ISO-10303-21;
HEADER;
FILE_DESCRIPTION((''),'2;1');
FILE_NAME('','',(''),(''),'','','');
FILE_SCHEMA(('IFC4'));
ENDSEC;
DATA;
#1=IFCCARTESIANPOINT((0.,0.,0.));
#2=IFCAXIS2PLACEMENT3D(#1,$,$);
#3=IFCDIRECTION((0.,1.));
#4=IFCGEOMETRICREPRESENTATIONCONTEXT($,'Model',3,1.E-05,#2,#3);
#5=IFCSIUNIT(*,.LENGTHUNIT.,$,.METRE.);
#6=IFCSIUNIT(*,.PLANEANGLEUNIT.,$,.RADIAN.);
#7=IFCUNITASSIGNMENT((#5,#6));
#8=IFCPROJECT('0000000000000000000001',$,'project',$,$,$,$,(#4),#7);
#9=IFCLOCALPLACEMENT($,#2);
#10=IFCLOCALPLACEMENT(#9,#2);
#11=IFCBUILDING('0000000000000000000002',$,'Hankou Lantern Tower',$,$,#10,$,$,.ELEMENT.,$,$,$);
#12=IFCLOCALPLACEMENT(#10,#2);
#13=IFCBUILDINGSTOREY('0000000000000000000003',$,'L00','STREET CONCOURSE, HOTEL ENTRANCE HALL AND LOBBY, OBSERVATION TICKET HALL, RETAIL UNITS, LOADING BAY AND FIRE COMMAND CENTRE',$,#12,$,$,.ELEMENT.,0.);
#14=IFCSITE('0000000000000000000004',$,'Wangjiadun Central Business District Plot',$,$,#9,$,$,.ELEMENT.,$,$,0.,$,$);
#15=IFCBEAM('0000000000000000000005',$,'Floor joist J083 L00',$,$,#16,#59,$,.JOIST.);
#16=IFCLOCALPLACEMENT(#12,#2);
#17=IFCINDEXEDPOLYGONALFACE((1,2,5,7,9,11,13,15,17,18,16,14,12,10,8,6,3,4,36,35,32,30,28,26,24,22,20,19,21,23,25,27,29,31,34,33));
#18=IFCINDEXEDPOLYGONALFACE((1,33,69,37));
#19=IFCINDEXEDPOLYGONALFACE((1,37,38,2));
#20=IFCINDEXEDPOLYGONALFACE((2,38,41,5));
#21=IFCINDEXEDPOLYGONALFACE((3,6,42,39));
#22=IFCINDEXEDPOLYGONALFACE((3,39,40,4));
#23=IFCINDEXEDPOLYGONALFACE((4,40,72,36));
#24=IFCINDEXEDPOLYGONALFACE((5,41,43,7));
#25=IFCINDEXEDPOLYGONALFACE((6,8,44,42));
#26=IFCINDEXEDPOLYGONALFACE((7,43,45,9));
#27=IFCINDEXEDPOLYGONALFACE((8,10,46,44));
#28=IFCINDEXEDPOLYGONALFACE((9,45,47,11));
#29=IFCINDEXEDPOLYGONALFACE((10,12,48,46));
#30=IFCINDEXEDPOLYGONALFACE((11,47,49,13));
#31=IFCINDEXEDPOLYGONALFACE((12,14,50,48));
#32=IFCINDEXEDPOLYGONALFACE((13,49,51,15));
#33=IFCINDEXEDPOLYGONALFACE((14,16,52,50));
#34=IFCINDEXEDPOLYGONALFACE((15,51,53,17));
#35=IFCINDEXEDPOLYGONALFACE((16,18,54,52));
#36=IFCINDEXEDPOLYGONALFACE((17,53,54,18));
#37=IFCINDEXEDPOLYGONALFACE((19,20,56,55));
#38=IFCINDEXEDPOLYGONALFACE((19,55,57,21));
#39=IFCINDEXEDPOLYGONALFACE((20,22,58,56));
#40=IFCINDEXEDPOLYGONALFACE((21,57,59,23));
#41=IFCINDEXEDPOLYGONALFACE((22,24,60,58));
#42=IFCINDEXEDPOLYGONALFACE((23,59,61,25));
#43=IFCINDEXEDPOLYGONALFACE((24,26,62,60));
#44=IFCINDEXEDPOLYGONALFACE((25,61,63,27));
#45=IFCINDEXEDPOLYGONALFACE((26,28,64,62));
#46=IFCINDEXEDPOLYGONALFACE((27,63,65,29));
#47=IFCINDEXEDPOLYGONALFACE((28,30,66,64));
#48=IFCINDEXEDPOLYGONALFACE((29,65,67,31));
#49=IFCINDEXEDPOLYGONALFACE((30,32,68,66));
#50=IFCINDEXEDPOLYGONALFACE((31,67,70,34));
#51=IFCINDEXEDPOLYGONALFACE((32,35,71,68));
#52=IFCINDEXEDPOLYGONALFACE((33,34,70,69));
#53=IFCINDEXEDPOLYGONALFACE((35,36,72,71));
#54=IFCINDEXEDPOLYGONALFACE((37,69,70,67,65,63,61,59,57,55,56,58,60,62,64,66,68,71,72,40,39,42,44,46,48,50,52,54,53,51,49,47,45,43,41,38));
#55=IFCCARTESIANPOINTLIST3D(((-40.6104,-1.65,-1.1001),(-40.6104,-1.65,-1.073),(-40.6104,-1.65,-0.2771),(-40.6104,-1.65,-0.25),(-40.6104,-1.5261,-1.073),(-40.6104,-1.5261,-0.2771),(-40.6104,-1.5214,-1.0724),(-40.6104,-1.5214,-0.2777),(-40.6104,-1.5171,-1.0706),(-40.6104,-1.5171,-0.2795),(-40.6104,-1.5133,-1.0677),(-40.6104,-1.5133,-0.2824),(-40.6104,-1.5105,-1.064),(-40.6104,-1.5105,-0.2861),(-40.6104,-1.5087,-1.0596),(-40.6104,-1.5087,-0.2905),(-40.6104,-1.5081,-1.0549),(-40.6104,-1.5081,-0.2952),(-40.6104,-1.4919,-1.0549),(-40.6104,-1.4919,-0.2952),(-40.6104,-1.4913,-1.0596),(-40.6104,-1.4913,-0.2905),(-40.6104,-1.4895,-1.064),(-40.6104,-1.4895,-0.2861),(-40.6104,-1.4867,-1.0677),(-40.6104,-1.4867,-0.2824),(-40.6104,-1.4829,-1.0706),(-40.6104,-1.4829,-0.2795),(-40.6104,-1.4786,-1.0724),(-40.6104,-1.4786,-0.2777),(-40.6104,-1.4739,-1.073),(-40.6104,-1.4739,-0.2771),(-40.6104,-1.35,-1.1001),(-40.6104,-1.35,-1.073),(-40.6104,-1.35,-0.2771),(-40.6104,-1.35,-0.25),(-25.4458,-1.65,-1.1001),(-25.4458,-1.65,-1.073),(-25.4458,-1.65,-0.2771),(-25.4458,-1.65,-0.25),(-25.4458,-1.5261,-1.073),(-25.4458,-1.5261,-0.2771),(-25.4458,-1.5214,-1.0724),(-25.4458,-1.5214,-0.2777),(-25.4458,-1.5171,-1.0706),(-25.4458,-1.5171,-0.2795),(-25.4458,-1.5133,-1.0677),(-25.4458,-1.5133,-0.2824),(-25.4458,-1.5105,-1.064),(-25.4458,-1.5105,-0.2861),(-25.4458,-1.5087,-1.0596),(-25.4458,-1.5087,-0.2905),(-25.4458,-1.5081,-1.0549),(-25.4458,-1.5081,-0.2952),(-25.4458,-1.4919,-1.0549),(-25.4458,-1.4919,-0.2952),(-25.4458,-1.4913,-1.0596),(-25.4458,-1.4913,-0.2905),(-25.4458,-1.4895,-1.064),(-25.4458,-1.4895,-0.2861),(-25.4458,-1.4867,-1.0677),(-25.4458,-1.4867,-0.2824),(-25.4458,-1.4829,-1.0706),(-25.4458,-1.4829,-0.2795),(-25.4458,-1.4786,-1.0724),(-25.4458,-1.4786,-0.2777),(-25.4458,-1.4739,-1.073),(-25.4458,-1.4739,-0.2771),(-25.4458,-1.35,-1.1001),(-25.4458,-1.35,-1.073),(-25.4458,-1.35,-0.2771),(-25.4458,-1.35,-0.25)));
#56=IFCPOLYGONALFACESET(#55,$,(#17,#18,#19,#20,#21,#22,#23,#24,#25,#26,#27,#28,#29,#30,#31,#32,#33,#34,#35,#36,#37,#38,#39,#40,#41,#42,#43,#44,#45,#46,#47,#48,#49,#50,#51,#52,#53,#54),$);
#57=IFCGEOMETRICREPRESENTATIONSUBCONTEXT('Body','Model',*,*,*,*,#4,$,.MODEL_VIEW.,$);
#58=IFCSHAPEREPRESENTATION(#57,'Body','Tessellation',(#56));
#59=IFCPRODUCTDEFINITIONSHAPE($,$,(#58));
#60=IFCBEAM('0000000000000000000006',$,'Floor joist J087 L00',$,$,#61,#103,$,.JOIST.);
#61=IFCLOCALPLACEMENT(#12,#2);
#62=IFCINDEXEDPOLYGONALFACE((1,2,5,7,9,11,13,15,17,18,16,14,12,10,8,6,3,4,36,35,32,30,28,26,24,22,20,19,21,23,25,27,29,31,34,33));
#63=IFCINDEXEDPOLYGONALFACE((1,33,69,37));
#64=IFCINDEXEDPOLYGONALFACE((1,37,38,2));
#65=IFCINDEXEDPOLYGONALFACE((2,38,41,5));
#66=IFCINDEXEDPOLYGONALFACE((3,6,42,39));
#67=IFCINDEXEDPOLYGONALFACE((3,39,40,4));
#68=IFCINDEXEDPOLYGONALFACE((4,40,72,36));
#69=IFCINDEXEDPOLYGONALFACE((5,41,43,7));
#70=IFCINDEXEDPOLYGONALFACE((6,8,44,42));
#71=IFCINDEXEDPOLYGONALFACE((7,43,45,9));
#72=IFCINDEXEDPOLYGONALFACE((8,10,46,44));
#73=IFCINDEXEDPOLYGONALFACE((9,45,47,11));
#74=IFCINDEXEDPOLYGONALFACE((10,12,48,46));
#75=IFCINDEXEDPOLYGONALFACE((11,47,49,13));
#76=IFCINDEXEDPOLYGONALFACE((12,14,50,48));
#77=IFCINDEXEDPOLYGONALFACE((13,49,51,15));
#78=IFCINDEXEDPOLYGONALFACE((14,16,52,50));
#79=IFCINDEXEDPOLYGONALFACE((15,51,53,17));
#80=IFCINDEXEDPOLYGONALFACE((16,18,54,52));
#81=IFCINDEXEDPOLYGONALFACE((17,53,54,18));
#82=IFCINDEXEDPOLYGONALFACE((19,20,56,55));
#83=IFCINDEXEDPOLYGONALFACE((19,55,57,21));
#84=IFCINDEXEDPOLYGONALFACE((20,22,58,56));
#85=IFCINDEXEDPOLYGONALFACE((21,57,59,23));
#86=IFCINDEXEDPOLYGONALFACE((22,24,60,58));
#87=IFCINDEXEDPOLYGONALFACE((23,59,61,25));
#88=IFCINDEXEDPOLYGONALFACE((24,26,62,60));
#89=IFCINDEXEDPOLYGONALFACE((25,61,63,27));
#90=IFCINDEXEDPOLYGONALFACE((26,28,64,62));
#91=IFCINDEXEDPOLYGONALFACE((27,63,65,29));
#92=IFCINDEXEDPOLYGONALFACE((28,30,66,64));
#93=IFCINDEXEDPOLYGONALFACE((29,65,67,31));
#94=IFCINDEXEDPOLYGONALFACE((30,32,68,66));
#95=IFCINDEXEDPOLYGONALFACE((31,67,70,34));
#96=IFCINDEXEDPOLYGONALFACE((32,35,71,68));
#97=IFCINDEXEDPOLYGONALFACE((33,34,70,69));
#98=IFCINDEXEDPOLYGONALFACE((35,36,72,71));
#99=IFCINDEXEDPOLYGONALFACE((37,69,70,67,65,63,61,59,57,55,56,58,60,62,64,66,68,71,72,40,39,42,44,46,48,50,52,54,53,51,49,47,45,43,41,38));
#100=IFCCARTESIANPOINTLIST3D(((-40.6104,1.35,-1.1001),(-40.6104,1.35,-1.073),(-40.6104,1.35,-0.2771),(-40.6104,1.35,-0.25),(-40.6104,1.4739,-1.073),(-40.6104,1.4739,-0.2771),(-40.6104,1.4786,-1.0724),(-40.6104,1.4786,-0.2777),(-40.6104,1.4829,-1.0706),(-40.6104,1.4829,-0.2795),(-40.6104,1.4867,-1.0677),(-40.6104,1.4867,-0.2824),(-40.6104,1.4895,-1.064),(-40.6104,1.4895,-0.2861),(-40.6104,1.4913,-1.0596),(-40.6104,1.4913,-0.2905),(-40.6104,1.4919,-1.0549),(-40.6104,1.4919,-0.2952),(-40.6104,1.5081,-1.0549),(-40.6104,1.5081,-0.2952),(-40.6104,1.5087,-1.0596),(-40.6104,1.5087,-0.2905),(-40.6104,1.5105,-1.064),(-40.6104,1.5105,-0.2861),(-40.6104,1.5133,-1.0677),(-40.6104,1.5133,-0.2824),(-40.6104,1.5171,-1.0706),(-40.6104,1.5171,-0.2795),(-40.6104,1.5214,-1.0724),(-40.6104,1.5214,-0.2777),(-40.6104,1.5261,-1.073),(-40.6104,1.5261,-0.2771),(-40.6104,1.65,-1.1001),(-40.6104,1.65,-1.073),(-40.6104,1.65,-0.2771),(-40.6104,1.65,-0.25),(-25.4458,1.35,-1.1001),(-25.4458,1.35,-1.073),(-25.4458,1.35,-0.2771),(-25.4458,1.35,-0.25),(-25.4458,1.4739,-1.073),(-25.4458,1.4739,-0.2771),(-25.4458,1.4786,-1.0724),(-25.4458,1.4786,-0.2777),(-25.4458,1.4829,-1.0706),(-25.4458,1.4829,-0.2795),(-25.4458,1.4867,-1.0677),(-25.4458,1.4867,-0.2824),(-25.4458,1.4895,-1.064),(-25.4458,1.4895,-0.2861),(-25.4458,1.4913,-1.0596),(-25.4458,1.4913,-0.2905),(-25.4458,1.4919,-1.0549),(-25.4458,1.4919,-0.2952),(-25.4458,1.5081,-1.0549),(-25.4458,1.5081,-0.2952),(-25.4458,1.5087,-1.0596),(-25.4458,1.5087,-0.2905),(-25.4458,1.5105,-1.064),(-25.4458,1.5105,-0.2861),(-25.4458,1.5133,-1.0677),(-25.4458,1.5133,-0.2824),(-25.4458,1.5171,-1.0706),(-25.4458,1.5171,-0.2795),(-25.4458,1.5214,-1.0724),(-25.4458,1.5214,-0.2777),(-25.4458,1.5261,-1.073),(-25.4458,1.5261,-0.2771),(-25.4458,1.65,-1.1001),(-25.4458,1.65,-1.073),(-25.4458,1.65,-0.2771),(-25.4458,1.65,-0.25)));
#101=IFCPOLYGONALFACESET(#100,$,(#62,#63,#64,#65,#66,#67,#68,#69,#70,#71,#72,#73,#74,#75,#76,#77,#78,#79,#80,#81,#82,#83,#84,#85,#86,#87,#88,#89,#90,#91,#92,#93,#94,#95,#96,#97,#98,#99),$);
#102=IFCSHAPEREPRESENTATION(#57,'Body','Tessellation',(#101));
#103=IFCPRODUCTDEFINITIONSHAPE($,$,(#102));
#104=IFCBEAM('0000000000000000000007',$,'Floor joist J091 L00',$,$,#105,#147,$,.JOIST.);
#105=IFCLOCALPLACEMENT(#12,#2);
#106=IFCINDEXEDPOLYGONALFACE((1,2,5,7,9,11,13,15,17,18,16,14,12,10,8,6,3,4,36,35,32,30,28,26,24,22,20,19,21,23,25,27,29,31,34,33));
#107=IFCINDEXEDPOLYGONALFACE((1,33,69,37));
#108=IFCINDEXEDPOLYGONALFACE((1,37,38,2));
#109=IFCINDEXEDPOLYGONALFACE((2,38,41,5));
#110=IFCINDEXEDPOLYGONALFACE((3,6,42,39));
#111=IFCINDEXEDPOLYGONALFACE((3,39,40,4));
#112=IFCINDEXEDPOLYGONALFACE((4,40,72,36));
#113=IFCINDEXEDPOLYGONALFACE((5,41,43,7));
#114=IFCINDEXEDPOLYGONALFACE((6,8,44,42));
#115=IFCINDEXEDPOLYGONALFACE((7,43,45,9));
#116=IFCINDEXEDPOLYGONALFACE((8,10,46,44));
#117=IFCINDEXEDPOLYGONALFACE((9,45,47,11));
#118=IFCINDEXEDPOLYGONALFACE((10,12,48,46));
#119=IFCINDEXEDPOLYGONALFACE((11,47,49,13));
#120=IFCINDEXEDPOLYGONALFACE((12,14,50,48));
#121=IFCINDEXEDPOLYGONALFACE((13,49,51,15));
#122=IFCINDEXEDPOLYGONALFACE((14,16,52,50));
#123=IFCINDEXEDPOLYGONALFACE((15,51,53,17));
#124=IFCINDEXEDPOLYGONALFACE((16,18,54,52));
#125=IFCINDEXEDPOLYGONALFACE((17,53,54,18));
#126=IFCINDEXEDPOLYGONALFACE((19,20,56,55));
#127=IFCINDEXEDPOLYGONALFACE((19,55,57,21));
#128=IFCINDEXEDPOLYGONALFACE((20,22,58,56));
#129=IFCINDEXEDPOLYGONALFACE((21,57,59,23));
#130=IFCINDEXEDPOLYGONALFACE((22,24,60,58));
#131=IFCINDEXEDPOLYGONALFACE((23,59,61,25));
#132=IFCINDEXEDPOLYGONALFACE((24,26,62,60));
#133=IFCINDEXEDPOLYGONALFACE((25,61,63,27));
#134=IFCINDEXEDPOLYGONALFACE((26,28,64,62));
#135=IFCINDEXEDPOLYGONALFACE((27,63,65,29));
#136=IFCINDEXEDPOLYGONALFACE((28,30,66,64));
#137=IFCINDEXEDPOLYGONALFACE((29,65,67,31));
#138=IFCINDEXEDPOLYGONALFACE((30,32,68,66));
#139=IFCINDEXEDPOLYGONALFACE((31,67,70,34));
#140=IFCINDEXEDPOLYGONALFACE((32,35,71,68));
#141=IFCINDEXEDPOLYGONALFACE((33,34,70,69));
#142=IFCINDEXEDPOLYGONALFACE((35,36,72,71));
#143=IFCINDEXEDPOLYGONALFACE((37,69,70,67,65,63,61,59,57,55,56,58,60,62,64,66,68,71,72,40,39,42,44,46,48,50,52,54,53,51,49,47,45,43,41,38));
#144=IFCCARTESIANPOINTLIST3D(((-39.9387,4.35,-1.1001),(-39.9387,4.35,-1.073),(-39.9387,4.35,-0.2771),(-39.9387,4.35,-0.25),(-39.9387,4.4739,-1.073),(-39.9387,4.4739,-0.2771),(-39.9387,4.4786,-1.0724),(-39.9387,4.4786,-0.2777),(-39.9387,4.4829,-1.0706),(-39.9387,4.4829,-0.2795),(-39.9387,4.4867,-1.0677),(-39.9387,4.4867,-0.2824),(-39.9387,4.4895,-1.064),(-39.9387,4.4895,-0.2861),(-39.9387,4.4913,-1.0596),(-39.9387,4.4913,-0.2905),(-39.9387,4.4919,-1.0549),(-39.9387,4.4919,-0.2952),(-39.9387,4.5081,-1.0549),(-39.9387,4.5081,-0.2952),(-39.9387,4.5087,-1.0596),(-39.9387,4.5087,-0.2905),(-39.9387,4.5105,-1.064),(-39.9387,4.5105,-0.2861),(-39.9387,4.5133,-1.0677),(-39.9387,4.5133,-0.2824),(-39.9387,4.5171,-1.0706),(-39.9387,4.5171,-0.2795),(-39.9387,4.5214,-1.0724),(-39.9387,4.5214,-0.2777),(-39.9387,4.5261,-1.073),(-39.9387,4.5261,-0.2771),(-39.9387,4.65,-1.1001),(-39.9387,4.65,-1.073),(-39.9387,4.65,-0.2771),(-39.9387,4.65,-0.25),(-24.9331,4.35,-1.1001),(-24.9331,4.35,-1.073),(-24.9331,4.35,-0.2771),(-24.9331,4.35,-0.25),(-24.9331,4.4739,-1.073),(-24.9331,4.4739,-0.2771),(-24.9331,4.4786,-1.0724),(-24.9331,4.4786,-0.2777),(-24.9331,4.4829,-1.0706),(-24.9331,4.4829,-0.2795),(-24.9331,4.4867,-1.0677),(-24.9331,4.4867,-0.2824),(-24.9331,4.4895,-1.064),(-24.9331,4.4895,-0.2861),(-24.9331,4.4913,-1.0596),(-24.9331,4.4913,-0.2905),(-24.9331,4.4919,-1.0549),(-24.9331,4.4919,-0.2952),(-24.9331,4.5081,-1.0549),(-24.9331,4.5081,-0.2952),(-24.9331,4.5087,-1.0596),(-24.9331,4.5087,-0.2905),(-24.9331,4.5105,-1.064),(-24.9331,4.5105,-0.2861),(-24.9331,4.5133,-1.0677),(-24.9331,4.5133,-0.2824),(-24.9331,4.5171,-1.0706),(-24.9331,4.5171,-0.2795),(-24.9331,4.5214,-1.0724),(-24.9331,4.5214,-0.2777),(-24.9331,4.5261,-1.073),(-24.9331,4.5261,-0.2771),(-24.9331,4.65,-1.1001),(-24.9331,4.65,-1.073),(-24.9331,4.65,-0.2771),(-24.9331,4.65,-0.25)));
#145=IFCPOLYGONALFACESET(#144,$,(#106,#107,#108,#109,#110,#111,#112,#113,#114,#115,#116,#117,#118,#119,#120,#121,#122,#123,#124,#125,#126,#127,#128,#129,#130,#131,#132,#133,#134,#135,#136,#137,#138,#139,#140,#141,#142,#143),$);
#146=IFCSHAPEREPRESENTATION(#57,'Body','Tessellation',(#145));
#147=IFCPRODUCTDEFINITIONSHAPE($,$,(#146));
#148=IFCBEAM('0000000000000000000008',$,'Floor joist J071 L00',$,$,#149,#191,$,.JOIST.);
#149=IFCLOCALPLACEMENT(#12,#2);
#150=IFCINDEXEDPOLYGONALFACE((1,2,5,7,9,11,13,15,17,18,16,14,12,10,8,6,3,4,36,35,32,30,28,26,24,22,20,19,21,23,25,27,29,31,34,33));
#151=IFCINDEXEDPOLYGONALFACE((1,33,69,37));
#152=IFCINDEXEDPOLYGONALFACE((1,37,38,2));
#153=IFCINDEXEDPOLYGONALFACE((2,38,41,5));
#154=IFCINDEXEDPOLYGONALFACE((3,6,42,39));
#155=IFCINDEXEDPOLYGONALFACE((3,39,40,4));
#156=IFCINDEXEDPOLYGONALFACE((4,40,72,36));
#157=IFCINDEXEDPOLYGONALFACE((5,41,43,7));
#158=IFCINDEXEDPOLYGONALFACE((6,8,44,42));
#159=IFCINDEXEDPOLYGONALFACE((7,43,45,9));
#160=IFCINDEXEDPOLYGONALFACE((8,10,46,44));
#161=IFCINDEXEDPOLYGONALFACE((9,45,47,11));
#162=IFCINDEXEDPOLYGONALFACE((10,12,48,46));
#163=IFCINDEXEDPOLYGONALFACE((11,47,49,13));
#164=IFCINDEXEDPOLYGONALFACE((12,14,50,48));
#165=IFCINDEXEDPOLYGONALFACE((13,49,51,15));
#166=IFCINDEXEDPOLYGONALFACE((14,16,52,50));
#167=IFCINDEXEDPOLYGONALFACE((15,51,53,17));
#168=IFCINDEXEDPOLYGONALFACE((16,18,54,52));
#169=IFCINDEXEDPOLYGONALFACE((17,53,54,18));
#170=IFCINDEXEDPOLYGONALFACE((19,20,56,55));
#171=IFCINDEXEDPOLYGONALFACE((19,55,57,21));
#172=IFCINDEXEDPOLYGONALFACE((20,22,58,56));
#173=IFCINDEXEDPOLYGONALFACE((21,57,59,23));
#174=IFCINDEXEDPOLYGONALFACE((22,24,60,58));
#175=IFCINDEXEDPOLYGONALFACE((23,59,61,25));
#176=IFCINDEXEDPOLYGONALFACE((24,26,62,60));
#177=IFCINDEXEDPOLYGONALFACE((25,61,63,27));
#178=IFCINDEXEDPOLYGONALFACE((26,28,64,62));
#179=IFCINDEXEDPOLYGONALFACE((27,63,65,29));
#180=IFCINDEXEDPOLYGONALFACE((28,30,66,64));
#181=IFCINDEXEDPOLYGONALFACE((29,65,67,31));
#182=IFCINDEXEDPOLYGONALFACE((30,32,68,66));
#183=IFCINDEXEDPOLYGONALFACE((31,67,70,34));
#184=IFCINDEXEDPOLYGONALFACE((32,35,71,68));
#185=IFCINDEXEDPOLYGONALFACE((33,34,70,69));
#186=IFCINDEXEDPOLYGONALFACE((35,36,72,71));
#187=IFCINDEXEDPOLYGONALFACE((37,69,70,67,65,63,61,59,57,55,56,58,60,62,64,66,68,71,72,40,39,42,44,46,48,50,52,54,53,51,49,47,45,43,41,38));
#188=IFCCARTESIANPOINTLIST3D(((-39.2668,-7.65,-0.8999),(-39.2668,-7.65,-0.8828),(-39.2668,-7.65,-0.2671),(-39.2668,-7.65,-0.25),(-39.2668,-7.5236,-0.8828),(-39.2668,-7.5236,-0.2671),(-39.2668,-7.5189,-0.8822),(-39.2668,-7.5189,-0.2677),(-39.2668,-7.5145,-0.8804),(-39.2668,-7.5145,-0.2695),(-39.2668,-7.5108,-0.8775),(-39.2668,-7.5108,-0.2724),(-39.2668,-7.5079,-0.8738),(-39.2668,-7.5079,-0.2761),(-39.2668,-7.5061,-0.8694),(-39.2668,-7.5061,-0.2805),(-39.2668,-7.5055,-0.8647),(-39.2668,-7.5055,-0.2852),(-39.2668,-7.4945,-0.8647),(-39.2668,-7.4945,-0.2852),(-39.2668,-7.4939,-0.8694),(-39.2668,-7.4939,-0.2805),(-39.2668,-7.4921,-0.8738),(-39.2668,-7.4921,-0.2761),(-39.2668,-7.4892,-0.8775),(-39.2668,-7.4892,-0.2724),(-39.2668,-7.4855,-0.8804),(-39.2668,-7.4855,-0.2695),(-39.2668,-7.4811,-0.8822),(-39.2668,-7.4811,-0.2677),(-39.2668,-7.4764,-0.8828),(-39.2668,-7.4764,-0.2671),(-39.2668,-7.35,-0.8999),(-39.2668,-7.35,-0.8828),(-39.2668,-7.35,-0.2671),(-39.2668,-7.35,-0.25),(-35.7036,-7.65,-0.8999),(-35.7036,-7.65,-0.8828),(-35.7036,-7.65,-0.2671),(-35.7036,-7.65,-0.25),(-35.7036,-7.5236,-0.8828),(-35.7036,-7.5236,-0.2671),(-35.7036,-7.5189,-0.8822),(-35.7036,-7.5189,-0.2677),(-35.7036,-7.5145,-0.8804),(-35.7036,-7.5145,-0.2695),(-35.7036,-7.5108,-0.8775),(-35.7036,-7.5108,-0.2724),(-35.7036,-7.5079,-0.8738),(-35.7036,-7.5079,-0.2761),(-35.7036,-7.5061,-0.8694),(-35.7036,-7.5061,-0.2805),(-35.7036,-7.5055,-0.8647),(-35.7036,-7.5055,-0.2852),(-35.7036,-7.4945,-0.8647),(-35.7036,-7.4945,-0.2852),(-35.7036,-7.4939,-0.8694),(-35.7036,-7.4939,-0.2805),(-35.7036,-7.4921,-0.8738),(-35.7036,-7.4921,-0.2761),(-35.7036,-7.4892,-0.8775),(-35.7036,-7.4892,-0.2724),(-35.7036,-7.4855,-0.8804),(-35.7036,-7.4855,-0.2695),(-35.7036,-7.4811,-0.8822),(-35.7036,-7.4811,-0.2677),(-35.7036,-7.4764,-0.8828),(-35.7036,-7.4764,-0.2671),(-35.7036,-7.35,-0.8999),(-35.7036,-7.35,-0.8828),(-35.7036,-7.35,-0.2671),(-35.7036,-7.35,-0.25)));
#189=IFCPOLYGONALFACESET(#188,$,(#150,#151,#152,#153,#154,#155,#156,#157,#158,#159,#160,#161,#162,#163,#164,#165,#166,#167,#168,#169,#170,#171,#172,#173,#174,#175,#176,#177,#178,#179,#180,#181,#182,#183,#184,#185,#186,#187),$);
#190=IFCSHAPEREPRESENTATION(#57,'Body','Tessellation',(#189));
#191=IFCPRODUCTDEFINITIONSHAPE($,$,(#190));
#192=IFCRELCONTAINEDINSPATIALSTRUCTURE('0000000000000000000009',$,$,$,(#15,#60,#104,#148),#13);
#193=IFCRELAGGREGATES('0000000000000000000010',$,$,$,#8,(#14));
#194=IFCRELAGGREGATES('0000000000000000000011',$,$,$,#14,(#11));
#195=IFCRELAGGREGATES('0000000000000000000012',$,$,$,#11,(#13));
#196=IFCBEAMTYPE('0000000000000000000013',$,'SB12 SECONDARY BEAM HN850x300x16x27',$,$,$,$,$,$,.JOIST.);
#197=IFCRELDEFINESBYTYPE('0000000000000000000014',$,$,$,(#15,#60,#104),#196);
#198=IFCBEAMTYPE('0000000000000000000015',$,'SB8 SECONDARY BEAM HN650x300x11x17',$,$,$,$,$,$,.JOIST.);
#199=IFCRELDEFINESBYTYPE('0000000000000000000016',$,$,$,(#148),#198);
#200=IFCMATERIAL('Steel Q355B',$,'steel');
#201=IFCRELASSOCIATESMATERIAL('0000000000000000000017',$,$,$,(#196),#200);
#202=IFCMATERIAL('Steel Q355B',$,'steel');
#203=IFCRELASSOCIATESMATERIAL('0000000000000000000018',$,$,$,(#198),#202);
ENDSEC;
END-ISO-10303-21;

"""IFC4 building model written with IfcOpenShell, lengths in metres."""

from ifc_helpers import new_model, si_unit, direction, frame, origin, origin_2d, place, context, subcontext, project, spatial, i_section, extrude, material, material_profile, profile_set, type_object, element, save


model = new_model("IFC4")

# Units and contexts
model_context = context("Model", 3, precision=1e-05, world=origin(), true_north=direction((0.0, 1.0)))
body_context = subcontext(model_context, "Body", "Model", "MODEL_VIEW")
ifc_project = project(units=[si_unit("LENGTHUNIT", "METRE"), si_unit("PLANEANGLEUNIT", "RADIAN")], contexts=[model_context])

# Site, building, storey
site_placement = place(None, origin())
site = spatial("IfcSite", under=ifc_project, at=site_placement, Name="Wangjiadun Central Business District Plot", CompositionType="ELEMENT", RefElevation=0.0)
building_placement = place(site_placement, origin())
building = spatial("IfcBuilding", under=site, at=building_placement, Name="Hankou Lantern Tower", CompositionType="ELEMENT")
storey_placement = place(building_placement, origin())
storey = spatial("IfcBuildingStorey", under=building, at=storey_placement, Name="L00", Description="STREET CONCOURSE, HOTEL ENTRANCE HALL AND LOBBY, OBSERVATION TICKET HALL, RETAIL UNITS, LOADING BAY AND FIRE COMMAND CENTRE", CompositionType="ELEMENT", Elevation=0.0)

# Beams
ifc_material_1 = material(Name="Steel Q355B", Category="steel")
ifc_material_profile_1 = material_profile(ifc_material_1, i_section(OverallWidth=0.3, OverallDepth=0.8501, WebThickness=0.0161, FlangeThickness=0.0271, FilletRadius=0.0181, at=origin_2d()), Name="HN850x300x16x27")
ifc_profile_set_1 = profile_set([ifc_material_profile_1], Name="Steel Q355B")
beam_type_1 = type_object("IfcBeamType", Name="SB12 SECONDARY BEAM HN850x300x16x27", PredefinedType="JOIST", material=ifc_profile_set_1)
for number, where, z_axis, x_axis, name in (
    (1, (-40.6104, -1.5, -0.675), (1.0, 0.0, 0.0), (0.0, 1.0, 0.0), "Floor joist J083 L00"),
    (2, (-40.6104, 1.5, -0.675), (1.0, 0.0, 0.0), (0.0, 1.0, 0.0), "Floor joist J087 L00"),
):
    element("IfcBeam", number, at=place(storey_placement, frame(where, z_axis=z_axis, x_axis=x_axis)), inside=storey, type_object=beam_type_1, Name=name, PredefinedType="JOIST", context=body_context, shape_type="SweptSolid", body=[
        extrude(i_section(OverallWidth=0.3, OverallDepth=0.8501, WebThickness=0.0161, FlangeThickness=0.0271, FilletRadius=0.0181, at=origin_2d()), origin(), (0.0, 0.0, 1.0), 15.1646),
    ])
beam_1_placement = place(storey_placement, frame((-39.9387, 4.5, -0.675), z_axis=(1.0, 0.0, 0.0), x_axis=(0.0, 1.0, 0.0)))
element("IfcBeam", 3, at=beam_1_placement, inside=storey, type_object=beam_type_1, Name="Floor joist J091 L00", PredefinedType="JOIST", context=body_context, shape_type="SweptSolid", body=[
    extrude(i_section(OverallWidth=0.3, OverallDepth=0.8501, WebThickness=0.0161, FlangeThickness=0.0271, FilletRadius=0.0181, at=origin_2d()), origin(), (0.0, 0.0, 1.0), 15.0056),
])
ifc_material_2 = material(Name="Steel Q355B", Category="steel")
ifc_material_profile_2 = material_profile(ifc_material_2, i_section(OverallWidth=0.3, OverallDepth=0.6499, WebThickness=0.011, FlangeThickness=0.0171, FilletRadius=0.0181, at=origin_2d()), Name="HN650x300x11x17")
ifc_profile_set_2 = profile_set([ifc_material_profile_2], Name="Steel Q355B")
beam_type_2 = type_object("IfcBeamType", Name="SB8 SECONDARY BEAM HN650x300x11x17", PredefinedType="JOIST", material=ifc_profile_set_2)
beam_2_placement = place(storey_placement, frame((-39.2668, -7.5, -0.575), z_axis=(1.0, 0.0, 0.0), x_axis=(0.0, 1.0, 0.0)))
element("IfcBeam", 4, at=beam_2_placement, inside=storey, type_object=beam_type_2, Name="Floor joist J071 L00", PredefinedType="JOIST", context=body_context, shape_type="SweptSolid", body=[
    extrude(i_section(OverallWidth=0.3, OverallDepth=0.6499, WebThickness=0.011, FlangeThickness=0.0171, FilletRadius=0.0181, at=origin_2d()), origin(), (0.0, 0.0, 1.0), 3.5632),
])

save(model, "model.ifc")
